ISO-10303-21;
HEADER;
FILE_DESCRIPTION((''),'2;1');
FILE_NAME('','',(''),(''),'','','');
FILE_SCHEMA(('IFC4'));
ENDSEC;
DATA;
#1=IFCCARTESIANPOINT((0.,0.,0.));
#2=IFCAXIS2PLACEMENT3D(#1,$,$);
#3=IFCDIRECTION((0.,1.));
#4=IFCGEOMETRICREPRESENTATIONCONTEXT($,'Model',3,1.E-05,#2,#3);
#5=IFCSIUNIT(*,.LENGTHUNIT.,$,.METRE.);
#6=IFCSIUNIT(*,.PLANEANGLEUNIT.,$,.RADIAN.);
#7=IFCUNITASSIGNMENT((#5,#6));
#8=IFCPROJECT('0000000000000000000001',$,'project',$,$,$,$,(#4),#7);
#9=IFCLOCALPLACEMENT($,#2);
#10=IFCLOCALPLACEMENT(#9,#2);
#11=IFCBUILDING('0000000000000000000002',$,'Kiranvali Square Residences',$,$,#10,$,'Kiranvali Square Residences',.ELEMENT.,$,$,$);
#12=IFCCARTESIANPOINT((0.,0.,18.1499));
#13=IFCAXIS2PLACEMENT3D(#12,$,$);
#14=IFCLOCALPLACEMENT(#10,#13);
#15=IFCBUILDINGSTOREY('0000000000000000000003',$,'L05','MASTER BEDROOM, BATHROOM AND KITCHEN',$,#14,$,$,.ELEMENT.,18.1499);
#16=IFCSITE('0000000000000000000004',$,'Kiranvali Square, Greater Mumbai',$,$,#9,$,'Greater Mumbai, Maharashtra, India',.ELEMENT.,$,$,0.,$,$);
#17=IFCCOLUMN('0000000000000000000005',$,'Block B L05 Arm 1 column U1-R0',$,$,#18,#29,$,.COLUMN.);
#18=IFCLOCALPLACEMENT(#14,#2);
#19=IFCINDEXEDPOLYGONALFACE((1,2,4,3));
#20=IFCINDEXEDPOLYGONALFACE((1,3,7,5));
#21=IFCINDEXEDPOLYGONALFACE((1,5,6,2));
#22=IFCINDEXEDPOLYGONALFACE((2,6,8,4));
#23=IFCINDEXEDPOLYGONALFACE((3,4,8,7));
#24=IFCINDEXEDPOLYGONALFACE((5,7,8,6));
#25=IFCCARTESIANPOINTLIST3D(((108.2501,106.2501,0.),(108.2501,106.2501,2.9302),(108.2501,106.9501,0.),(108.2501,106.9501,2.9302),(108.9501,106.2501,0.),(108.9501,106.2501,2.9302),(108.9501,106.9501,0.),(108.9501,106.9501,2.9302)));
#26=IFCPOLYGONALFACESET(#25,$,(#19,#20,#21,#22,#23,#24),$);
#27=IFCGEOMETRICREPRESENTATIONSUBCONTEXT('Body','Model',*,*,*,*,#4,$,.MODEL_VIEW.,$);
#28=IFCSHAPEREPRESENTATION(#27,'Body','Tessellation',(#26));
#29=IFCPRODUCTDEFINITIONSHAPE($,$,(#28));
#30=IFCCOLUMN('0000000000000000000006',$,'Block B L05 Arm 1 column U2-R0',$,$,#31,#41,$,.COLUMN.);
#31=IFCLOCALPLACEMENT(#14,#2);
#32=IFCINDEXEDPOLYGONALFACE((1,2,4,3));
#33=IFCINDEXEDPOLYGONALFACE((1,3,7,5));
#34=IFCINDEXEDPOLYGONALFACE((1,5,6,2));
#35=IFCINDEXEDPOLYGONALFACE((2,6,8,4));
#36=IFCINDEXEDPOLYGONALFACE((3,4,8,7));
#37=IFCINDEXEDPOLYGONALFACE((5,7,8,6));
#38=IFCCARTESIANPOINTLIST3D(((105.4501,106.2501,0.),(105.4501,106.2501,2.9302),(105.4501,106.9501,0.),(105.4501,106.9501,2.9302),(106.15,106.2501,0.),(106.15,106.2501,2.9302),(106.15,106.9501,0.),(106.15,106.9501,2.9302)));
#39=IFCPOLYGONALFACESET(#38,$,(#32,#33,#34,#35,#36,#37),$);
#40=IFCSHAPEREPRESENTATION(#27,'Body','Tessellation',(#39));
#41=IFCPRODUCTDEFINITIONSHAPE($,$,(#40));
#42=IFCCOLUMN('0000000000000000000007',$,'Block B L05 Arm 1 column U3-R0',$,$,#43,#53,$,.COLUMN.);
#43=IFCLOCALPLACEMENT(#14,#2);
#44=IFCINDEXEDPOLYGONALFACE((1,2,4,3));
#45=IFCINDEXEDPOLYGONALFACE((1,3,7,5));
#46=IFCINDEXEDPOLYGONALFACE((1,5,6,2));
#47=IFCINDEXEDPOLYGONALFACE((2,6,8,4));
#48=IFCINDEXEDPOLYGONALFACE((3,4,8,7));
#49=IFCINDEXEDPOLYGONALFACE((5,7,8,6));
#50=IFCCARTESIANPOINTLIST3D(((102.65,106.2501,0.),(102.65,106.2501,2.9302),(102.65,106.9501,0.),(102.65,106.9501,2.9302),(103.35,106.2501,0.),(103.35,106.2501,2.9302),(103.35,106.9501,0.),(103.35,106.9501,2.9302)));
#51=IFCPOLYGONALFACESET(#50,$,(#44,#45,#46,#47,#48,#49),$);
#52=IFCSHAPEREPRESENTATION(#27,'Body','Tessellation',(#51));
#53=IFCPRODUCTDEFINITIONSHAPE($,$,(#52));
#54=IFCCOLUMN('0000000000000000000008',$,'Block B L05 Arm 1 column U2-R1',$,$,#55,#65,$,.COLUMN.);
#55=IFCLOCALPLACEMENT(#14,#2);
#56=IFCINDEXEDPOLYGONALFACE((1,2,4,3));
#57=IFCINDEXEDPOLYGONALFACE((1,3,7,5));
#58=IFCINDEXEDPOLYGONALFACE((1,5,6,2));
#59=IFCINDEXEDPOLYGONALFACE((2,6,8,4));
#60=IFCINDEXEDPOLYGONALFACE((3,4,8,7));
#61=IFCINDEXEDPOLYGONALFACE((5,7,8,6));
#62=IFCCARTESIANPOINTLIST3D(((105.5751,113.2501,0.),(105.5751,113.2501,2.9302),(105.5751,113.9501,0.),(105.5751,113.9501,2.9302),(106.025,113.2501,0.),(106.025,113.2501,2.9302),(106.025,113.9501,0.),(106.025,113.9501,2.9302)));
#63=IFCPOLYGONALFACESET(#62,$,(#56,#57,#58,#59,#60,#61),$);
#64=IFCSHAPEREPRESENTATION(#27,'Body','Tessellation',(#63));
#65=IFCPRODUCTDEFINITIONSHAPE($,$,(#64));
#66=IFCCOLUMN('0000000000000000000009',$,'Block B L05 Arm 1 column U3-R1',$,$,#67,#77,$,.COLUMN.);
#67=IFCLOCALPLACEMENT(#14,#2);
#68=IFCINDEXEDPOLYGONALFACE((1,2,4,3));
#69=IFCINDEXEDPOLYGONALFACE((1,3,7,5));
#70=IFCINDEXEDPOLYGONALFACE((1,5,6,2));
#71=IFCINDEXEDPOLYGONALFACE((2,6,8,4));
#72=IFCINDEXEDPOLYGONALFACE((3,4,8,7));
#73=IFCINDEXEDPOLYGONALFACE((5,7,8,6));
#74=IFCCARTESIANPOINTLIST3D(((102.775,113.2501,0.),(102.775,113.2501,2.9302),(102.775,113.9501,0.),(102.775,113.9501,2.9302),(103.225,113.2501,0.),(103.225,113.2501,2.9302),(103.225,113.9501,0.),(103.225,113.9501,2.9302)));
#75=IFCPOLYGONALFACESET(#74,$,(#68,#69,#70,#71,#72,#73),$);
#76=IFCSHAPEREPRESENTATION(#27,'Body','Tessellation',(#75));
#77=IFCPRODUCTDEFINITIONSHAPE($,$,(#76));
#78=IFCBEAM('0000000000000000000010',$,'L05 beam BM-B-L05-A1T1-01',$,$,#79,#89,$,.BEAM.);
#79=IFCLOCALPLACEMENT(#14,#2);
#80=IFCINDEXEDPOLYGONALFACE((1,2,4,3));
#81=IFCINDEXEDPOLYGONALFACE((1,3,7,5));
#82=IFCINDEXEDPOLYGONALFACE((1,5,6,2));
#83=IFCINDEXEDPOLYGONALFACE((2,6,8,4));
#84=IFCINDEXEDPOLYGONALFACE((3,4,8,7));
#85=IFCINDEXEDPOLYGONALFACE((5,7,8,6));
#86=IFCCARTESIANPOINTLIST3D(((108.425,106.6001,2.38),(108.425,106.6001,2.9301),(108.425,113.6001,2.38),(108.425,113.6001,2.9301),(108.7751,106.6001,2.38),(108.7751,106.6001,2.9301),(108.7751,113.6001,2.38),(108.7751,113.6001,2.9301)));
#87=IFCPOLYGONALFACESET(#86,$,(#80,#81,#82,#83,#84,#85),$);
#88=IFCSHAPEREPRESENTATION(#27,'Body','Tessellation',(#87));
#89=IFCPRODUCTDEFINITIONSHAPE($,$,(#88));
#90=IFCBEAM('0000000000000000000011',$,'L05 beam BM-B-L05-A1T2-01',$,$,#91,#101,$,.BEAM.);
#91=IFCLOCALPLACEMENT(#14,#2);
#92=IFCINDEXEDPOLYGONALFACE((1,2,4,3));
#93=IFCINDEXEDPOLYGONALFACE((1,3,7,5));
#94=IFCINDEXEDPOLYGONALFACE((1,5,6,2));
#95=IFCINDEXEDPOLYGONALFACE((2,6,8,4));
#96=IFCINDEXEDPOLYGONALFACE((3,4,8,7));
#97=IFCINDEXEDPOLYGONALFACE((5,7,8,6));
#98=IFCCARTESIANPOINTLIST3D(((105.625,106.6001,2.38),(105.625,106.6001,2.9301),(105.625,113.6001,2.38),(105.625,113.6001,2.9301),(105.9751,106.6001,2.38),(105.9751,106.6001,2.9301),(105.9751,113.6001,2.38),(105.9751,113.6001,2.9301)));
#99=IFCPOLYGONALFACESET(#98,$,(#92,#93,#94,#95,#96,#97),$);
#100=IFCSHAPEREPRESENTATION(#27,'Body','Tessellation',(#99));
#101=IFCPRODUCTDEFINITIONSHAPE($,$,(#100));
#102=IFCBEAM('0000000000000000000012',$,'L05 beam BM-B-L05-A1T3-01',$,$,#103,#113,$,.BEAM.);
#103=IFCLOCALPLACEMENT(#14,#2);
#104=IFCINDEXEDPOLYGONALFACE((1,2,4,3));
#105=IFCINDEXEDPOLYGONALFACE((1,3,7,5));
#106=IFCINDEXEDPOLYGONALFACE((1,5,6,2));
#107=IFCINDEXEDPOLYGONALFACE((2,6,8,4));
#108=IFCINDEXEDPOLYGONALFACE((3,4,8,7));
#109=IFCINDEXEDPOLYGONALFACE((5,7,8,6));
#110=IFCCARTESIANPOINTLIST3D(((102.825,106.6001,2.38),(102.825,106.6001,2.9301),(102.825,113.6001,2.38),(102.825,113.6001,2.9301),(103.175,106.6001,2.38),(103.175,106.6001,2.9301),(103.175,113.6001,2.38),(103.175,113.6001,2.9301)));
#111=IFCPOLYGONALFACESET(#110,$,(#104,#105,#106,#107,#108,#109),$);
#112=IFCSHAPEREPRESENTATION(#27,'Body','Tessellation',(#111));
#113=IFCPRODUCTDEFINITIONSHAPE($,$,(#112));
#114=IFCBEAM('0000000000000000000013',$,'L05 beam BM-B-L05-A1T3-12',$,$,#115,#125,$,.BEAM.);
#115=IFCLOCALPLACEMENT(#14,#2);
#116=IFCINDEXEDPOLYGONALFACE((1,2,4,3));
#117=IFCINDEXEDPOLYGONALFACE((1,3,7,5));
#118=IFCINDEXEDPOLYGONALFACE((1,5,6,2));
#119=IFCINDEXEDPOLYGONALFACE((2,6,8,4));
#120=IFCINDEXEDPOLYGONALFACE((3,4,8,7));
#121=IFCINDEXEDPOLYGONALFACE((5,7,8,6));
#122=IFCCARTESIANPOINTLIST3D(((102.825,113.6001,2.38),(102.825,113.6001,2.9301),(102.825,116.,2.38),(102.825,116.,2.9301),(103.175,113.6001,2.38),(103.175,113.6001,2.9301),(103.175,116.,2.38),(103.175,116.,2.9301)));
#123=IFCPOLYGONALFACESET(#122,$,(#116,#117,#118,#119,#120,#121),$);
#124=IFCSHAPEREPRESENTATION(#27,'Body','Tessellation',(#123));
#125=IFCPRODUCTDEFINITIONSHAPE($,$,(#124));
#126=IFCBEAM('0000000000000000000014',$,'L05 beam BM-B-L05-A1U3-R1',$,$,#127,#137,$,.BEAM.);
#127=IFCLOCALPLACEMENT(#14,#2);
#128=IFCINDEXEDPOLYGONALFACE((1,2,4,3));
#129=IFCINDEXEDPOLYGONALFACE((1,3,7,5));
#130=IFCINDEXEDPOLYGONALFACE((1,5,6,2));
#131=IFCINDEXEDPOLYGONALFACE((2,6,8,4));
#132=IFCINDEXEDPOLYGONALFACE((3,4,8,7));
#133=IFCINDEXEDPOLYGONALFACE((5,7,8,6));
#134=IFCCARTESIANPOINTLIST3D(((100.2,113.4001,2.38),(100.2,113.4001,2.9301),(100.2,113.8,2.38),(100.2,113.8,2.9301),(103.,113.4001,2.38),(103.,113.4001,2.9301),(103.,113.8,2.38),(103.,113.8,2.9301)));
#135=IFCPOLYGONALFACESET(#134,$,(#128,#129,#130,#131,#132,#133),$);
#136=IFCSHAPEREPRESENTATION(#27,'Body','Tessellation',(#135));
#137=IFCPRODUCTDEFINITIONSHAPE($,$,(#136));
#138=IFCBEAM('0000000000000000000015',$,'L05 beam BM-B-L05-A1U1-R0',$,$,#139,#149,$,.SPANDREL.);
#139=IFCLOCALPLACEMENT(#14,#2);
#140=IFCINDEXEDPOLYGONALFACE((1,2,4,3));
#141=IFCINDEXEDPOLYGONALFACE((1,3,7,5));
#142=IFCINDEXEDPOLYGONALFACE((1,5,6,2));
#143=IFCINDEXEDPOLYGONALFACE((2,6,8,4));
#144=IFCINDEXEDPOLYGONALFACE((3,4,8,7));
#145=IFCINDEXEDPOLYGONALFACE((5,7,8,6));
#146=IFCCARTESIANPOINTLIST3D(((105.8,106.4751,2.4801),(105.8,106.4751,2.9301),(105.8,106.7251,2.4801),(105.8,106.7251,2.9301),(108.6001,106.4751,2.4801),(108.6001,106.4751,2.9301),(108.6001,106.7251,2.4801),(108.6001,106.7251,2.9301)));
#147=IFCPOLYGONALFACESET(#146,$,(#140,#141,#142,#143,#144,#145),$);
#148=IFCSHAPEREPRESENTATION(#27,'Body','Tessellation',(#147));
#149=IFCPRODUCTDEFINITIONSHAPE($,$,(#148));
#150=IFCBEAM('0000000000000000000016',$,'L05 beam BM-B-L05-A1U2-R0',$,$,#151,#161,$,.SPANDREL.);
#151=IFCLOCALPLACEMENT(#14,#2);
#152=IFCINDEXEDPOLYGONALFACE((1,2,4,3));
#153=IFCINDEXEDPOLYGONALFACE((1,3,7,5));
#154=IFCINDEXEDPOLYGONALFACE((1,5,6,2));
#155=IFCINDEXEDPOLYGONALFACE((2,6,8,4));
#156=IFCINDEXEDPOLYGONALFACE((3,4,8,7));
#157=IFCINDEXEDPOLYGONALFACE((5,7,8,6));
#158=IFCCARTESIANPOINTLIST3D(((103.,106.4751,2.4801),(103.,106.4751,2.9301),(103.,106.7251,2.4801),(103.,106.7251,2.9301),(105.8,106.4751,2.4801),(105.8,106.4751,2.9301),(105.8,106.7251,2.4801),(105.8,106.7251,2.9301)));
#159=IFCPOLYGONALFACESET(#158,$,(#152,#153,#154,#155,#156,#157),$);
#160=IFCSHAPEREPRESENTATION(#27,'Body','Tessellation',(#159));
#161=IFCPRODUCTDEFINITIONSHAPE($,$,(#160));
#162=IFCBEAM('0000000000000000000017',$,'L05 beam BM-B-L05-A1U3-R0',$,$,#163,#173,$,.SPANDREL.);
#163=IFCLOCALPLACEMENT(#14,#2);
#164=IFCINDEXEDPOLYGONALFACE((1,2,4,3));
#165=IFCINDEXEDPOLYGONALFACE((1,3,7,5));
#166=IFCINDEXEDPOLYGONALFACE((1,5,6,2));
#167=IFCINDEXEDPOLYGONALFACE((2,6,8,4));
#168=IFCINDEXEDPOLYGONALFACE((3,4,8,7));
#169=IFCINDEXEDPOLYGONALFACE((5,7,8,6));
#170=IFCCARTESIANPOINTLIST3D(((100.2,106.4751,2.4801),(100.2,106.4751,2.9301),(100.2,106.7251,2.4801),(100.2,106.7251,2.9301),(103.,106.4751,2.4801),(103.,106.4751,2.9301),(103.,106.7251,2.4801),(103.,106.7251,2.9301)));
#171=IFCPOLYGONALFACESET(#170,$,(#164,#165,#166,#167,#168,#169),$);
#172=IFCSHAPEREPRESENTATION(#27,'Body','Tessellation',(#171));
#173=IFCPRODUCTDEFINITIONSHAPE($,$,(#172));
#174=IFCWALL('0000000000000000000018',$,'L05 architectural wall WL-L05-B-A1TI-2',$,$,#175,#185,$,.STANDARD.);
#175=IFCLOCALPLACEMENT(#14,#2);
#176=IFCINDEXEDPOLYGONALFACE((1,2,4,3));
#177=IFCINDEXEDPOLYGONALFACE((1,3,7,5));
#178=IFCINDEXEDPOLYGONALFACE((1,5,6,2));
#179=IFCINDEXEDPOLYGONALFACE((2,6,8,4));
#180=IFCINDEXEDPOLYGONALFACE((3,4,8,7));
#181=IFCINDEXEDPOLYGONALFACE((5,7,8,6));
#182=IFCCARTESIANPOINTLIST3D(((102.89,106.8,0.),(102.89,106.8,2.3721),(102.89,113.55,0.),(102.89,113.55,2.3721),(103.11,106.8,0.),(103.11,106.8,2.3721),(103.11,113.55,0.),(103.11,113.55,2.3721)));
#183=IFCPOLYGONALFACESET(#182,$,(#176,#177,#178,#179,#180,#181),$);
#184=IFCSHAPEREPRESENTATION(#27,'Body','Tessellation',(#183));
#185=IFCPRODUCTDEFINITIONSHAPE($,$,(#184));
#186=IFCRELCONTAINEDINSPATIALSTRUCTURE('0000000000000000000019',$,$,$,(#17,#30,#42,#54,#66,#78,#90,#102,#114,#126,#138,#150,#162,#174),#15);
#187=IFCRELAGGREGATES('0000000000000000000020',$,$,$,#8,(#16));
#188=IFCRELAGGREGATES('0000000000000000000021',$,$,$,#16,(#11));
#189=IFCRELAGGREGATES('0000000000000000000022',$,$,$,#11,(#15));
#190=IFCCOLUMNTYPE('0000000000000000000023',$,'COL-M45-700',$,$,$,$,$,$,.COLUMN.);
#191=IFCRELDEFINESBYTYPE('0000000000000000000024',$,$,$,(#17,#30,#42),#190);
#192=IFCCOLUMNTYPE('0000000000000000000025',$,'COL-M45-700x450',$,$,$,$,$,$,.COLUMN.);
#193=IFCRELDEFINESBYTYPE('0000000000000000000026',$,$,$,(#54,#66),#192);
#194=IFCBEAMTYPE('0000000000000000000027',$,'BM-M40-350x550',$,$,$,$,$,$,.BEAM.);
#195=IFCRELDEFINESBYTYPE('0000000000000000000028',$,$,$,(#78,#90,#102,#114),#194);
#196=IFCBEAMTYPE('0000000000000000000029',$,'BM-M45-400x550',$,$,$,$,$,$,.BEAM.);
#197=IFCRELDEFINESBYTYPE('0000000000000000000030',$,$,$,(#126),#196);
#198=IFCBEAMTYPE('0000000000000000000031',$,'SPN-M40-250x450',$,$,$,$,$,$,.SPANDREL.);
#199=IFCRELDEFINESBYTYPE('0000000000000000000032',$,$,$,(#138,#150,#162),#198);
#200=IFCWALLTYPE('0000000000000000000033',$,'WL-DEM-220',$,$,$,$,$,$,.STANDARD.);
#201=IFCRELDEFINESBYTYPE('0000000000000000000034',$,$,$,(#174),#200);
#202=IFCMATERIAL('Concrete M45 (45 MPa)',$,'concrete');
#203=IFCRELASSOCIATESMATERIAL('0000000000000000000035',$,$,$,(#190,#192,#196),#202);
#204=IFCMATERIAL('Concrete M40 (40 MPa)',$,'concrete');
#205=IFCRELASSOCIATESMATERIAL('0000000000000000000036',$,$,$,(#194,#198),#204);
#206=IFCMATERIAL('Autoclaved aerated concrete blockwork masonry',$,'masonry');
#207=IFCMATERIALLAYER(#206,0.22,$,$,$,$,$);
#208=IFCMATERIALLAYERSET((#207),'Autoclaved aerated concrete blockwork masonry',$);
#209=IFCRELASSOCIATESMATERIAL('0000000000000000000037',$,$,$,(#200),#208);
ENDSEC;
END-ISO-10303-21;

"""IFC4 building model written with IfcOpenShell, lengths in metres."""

from ifc_helpers import new_model, si_unit, direction, frame, frame_2d, origin, origin_2d, place, context, subcontext, project, spatial, rectangle, extrude, material, layer, layer_set, material_profile, profile_set, type_object, element, save


model = new_model("IFC4")

# Units and contexts
model_context = context("Model", 3, precision=1e-05, world=origin(), true_north=direction((0.0, 1.0)))
body_context = subcontext(model_context, "Body", "Model", "MODEL_VIEW")
ifc_project = project(units=[si_unit("LENGTHUNIT", "METRE"), si_unit("PLANEANGLEUNIT", "RADIAN")], contexts=[model_context])

# Site, building, storey
site_placement = place(None, origin())
site = spatial("IfcSite", under=ifc_project, at=site_placement, Name="Kiranvali Square, Greater Mumbai", LongName="Greater Mumbai, Maharashtra, India", CompositionType="ELEMENT", RefElevation=0.0)
building_placement = place(site_placement, origin())
building = spatial("IfcBuilding", under=site, at=building_placement, Name="Kiranvali Square Residences", LongName="Kiranvali Square Residences", CompositionType="ELEMENT")
storey_placement = place(building_placement, frame((0.0, 0.0, 18.1499)))
storey = spatial("IfcBuildingStorey", under=building, at=storey_placement, Name="L05", Description="MASTER BEDROOM, BATHROOM AND KITCHEN", CompositionType="ELEMENT", Elevation=18.1499)

# Columns
ifc_material_1 = material(Name="Concrete M45 (45 MPa)", Category="concrete")
ifc_material_profile_1 = material_profile(ifc_material_1, rectangle(XDim=0.7, YDim=0.7, at=origin_2d()), Name="RC 700x700")
ifc_profile_set_1 = profile_set([ifc_material_profile_1], Name="Concrete M45 (45 MPa)")
column_type_1 = type_object("IfcColumnType", Name="COL-M45-700", PredefinedType="COLUMN", material=ifc_profile_set_1)
for number, where, z_axis, x_axis, name in (
    (1, (108.6001, 106.6001, 0.0), (0.0, 0.0, 1.0), (1.0, 0.0, 0.0), "Block B L05 Arm 1 column U1-R0"),
    (2, (105.8, 106.6001, 0.0), (0.0, 0.0, 1.0), (1.0, 0.0, 0.0), "Block B L05 Arm 1 column U2-R0"),
    (3, (103.0, 106.6001, 0.0), (0.0, 0.0, 1.0), (1.0, 0.0, 0.0), "Block B L05 Arm 1 column U3-R0"),
):
    element("IfcColumn", number, at=place(storey_placement, frame(where, z_axis=z_axis, x_axis=x_axis)), inside=storey, type_object=column_type_1, Name=name, PredefinedType="COLUMN", context=body_context, shape_type="SweptSolid", body=[
        extrude(rectangle(XDim=0.7, YDim=0.7, at=origin_2d()), origin(), (0.0, 0.0, 1.0), 2.9302),
    ])
ifc_material_profile_2 = material_profile(ifc_material_1, rectangle(XDim=0.45, YDim=0.7, at=origin_2d()), Name="RC 700x450")
ifc_profile_set_2 = profile_set([ifc_material_profile_2], Name="Concrete M45 (45 MPa)")
column_type_2 = type_object("IfcColumnType", Name="COL-M45-700x450", PredefinedType="COLUMN", material=ifc_profile_set_2)
for number, where, z_axis, x_axis, name in (
    (4, (105.8, 113.6001, 0.0), (0.0, 0.0, 1.0), (1.0, 0.0, 0.0), "Block B L05 Arm 1 column U2-R1"),
    (5, (103.0, 113.6001, 0.0), (0.0, 0.0, 1.0), (1.0, 0.0, 0.0), "Block B L05 Arm 1 column U3-R1"),
):
    element("IfcColumn", number, at=place(storey_placement, frame(where, z_axis=z_axis, x_axis=x_axis)), inside=storey, type_object=column_type_2, Name=name, PredefinedType="COLUMN", context=body_context, shape_type="SweptSolid", body=[
        extrude(rectangle(XDim=0.45, YDim=0.7, at=origin_2d()), origin(), (0.0, 0.0, 1.0), 2.9302),
    ])

# Beams
ifc_material_2 = material(Name="Concrete M40 (40 MPa)", Category="concrete")
ifc_material_profile_3 = material_profile(ifc_material_2, rectangle(XDim=0.3501, YDim=0.55, at=origin_2d()), Name="RC 350x550")
ifc_profile_set_3 = profile_set([ifc_material_profile_3], Name="Concrete M40 (40 MPa)")
beam_type_1 = type_object("IfcBeamType", Name="BM-M40-350x550", PredefinedType="BEAM", material=ifc_profile_set_3)
for number, where, z_axis, x_axis, name in (
    (6, (108.6001, 106.6001, 2.655), (0.0, 1.0, 0.0), (-1.0, 0.0, 0.0), "L05 beam BM-B-L05-A1T1-01"),
    (7, (105.8, 106.6001, 2.655), (0.0, 1.0, 0.0), (-1.0, 0.0, 0.0), "L05 beam BM-B-L05-A1T2-01"),
    (8, (103.0, 106.6001, 2.655), (0.0, 1.0, 0.0), (-1.0, 0.0, 0.0), "L05 beam BM-B-L05-A1T3-01"),
):
    element("IfcBeam", number, at=place(storey_placement, frame(where, z_axis=z_axis, x_axis=x_axis)), inside=storey, type_object=beam_type_1, Name=name, PredefinedType="BEAM", context=body_context, shape_type="SweptSolid", body=[
        extrude(rectangle(XDim=0.3501, YDim=0.55, at=origin_2d()), origin(), (0.0, 0.0, 1.0), 7.0),
    ])
beam_1_placement = place(storey_placement, frame((103.0, 113.6001, 2.655), z_axis=(0.0, 1.0, 0.0), x_axis=(-1.0, 0.0, 0.0)))
element("IfcBeam", 9, at=beam_1_placement, inside=storey, type_object=beam_type_1, Name="L05 beam BM-B-L05-A1T3-12", PredefinedType="BEAM", context=body_context, shape_type="SweptSolid", body=[
    extrude(rectangle(XDim=0.3501, YDim=0.55, at=origin_2d()), origin(), (0.0, 0.0, 1.0), 2.3999),
])
ifc_material_profile_4 = material_profile(ifc_material_1, rectangle(XDim=0.3999, YDim=0.55, at=origin_2d()), Name="RC 400x550")
ifc_profile_set_4 = profile_set([ifc_material_profile_4], Name="Concrete M45 (45 MPa)")
beam_type_2 = type_object("IfcBeamType", Name="BM-M45-400x550", PredefinedType="BEAM", material=ifc_profile_set_4)
beam_2_placement = place(storey_placement, frame((103.0, 113.6001, 2.655), z_axis=(-1.0, 0.0, 0.0), x_axis=(0.0, -1.0, 0.0)))
element("IfcBeam", 10, at=beam_2_placement, inside=storey, type_object=beam_type_2, Name="L05 beam BM-B-L05-A1U3-R1", PredefinedType="BEAM", context=body_context, shape_type="SweptSolid", body=[
    extrude(rectangle(XDim=0.3999, YDim=0.55, at=origin_2d()), origin(), (0.0, 0.0, 1.0), 2.8),
])
ifc_material_profile_5 = material_profile(ifc_material_2, rectangle(XDim=0.25, YDim=0.45, at=origin_2d()), Name="RC 250x450")
ifc_profile_set_5 = profile_set([ifc_material_profile_5], Name="Concrete M40 (40 MPa)")
beam_type_3 = type_object("IfcBeamType", Name="SPN-M40-250x450", PredefinedType="SPANDREL", material=ifc_profile_set_5)
for number, where, z_axis, x_axis, name in (
    (11, (108.6001, 106.6001, 2.7051), (-1.0, 0.0, 0.0), (0.0, -1.0, 0.0), "L05 beam BM-B-L05-A1U1-R0"),
    (12, (105.8, 106.6001, 2.7051), (-1.0, 0.0, 0.0), (0.0, -1.0, 0.0), "L05 beam BM-B-L05-A1U2-R0"),
    (13, (103.0, 106.6001, 2.7051), (-1.0, 0.0, 0.0), (0.0, -1.0, 0.0), "L05 beam BM-B-L05-A1U3-R0"),
):
    element("IfcBeam", number, at=place(storey_placement, frame(where, z_axis=z_axis, x_axis=x_axis)), inside=storey, type_object=beam_type_3, Name=name, PredefinedType="SPANDREL", context=body_context, shape_type="SweptSolid", body=[
        extrude(rectangle(XDim=0.25, YDim=0.45, at=origin_2d()), origin(), (0.0, 0.0, 1.0), 2.8),
    ])

# Shared definitions
ifc_material_3 = material(Name="Autoclaved aerated concrete blockwork masonry", Category="masonry")

# Wall
ifc_layer_1 = layer(ifc_material_3, 0.22)
ifc_layer_set_1 = layer_set([ifc_layer_1], Name="Autoclaved aerated concrete blockwork masonry")
wall_type_1 = type_object("IfcWallType", Name="WL-DEM-220", PredefinedType="STANDARD", material=ifc_layer_set_1)
wall_1_placement = place(storey_placement, frame((103.0, 106.8, 0.0), z_axis=(0.0, 0.0, 1.0), x_axis=(0.0, 1.0, 0.0)))
element("IfcWall", 14, at=wall_1_placement, inside=storey, type_object=wall_type_1, Name="L05 architectural wall WL-L05-B-A1TI-2", PredefinedType="STANDARD", context=body_context, shape_type="SweptSolid", body=[
    extrude(rectangle(XDim=6.75, YDim=0.22, at=frame_2d((3.375, 0.0))), origin(), (0.0, 0.0, 1.0), 2.3721),
])

save(model, "model.ifc")
